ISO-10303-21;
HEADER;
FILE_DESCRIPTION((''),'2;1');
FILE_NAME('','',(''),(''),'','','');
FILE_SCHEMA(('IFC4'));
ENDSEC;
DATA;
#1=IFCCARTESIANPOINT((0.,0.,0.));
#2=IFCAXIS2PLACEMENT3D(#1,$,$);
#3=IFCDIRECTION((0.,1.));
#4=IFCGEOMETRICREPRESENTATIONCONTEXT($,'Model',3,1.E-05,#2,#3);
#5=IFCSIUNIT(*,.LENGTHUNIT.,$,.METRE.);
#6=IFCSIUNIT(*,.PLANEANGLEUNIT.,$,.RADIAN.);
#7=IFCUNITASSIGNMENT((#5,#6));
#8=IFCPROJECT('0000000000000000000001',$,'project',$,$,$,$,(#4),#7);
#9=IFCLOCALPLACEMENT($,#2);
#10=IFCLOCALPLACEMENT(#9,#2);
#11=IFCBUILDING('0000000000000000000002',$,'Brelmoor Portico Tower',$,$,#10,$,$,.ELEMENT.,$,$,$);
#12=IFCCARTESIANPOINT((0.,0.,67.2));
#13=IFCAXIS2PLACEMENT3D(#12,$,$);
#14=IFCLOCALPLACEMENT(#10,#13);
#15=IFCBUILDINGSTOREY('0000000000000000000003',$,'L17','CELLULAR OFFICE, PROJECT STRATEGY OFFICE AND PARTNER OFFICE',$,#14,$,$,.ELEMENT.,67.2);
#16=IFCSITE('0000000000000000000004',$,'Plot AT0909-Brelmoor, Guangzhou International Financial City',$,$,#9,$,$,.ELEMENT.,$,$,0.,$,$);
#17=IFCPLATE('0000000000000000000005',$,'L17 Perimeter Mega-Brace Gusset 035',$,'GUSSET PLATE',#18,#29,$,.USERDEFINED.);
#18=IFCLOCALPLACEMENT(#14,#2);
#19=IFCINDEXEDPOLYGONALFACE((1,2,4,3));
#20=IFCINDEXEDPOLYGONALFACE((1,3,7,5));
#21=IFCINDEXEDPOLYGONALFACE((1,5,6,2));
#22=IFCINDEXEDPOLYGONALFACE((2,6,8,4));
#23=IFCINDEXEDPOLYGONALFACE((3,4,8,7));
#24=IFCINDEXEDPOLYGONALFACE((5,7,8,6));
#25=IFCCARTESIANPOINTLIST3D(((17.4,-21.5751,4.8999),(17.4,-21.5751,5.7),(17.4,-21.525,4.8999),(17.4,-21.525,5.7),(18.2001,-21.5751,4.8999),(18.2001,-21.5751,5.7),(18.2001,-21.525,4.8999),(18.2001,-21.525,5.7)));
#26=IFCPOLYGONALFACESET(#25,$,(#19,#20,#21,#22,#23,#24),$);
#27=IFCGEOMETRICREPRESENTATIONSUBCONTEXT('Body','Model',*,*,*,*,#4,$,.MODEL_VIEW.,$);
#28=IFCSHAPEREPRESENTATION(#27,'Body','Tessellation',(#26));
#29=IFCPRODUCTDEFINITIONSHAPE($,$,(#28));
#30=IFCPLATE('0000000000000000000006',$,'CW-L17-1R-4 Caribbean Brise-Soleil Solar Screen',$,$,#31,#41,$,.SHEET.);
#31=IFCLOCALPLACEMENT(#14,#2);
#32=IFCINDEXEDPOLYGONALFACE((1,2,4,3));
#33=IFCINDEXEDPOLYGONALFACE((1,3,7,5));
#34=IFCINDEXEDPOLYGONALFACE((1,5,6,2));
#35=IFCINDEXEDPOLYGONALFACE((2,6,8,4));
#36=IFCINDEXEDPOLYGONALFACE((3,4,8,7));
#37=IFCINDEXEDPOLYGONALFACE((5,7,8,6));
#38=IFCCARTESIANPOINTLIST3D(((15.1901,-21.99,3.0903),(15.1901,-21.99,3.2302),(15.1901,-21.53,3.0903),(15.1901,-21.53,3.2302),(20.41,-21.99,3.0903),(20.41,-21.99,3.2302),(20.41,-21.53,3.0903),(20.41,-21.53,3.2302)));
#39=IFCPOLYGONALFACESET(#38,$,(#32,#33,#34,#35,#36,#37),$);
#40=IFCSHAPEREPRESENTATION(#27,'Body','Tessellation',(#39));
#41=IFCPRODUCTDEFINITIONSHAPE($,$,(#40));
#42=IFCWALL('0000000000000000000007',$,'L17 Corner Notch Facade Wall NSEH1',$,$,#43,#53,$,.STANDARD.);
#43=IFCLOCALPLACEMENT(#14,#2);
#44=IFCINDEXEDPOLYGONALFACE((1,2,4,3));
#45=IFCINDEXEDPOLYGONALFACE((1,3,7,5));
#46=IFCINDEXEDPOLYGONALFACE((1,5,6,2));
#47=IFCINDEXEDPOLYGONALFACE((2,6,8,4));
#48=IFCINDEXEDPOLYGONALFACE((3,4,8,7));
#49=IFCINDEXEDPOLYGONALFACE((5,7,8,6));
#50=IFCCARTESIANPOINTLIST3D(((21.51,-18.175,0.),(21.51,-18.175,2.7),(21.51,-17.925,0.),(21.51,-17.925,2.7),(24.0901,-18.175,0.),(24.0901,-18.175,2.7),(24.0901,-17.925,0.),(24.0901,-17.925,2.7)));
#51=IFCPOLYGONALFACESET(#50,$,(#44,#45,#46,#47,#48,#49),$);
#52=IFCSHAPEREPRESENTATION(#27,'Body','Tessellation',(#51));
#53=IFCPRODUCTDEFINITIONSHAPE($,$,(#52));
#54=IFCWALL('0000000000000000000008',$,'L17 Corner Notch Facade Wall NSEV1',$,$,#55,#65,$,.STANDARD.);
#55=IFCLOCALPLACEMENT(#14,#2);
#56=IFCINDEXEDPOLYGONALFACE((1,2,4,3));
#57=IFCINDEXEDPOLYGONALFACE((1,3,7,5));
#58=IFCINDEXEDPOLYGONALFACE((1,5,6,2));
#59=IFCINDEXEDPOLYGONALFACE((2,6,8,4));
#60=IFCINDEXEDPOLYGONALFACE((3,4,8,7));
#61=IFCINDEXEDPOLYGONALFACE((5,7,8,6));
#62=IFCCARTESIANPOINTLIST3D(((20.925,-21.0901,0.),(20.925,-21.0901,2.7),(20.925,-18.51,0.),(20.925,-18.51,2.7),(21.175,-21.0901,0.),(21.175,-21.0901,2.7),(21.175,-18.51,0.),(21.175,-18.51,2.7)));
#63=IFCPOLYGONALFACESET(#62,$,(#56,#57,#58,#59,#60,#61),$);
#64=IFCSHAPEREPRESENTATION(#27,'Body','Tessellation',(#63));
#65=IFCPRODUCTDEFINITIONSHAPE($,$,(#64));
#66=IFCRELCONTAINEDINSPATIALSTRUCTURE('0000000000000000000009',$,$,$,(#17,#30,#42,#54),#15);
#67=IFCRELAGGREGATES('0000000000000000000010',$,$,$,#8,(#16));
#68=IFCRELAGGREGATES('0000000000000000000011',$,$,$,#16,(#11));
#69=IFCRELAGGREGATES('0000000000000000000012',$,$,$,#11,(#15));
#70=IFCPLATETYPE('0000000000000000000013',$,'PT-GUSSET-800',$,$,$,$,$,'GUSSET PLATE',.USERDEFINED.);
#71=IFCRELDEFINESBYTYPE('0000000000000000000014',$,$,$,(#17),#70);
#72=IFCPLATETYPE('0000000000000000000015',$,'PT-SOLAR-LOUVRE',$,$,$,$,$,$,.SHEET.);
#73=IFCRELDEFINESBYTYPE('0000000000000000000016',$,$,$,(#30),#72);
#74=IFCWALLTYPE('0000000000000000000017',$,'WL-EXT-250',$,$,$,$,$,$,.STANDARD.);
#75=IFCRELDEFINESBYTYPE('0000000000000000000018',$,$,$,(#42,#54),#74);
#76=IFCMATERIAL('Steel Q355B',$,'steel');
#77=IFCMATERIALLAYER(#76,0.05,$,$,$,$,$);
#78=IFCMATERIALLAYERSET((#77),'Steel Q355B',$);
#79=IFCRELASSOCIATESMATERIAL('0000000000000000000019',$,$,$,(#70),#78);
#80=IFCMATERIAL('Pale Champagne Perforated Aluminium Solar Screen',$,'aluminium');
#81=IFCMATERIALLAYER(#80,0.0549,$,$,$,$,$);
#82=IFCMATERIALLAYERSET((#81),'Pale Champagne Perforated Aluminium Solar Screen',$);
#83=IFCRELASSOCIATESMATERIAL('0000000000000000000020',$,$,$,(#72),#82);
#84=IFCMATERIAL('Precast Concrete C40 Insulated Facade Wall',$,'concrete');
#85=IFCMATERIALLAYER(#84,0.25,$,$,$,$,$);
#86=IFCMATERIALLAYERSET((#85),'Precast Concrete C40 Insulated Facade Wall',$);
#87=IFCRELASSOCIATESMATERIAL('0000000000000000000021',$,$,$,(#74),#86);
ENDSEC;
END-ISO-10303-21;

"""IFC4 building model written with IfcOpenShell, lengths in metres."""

from ifc_helpers import new_model, si_unit, direction, frame, frame_2d, origin, origin_2d, place, context, subcontext, project, spatial, rectangle, extrude, material, layer, layer_set, type_object, element, save


model = new_model("IFC4")

# Units and contexts
model_context = context("Model", 3, precision=1e-05, world=origin(), true_north=direction((0.0, 1.0)))
body_context = subcontext(model_context, "Body", "Model", "MODEL_VIEW")
ifc_project = project(units=[si_unit("LENGTHUNIT", "METRE"), si_unit("PLANEANGLEUNIT", "RADIAN")], contexts=[model_context])

# Site, building, storey
site_placement = place(None, origin())
site = spatial("IfcSite", under=ifc_project, at=site_placement, Name="Plot AT0909-Brelmoor, Guangzhou International Financial City", CompositionType="ELEMENT", RefElevation=0.0)
building_placement = place(site_placement, origin())
building = spatial("IfcBuilding", under=site, at=building_placement, Name="Brelmoor Portico Tower", CompositionType="ELEMENT")
storey_placement = place(building_placement, frame((0.0, 0.0, 67.2)))
storey = spatial("IfcBuildingStorey", under=building, at=storey_placement, Name="L17", Description="CELLULAR OFFICE, PROJECT STRATEGY OFFICE AND PARTNER OFFICE", CompositionType="ELEMENT", Elevation=67.2)

# Shared definitions
ifc_material_1 = material(Name="Steel Q355B", Category="steel")

# Plates
ifc_layer_1 = layer(ifc_material_1, 0.05)
ifc_layer_set_1 = layer_set([ifc_layer_1], Name="Steel Q355B")
plate_type_1 = type_object("IfcPlateType", Name="PT-GUSSET-800", ElementType="GUSSET PLATE", PredefinedType="USERDEFINED", material=ifc_layer_set_1)
plate_1_placement = place(storey_placement, frame((17.8, -21.55, 4.8999), z_axis=(0.0, 0.0, 1.0), x_axis=(1.0, 0.0, 0.0)))
element("IfcPlate", 1, at=plate_1_placement, inside=storey, type_object=plate_type_1, Name="L17 Perimeter Mega-Brace Gusset 035", ObjectType="GUSSET PLATE", PredefinedType="USERDEFINED", context=body_context, shape_type="SweptSolid", body=[
    extrude(rectangle(XDim=0.8, YDim=0.05, at=origin_2d()), origin(), (0.0, 0.0, 1.0), 0.8),
])
ifc_material_2 = material(Name="Pale Champagne Perforated Aluminium Solar Screen", Category="aluminium")
ifc_layer_2 = layer(ifc_material_2, 0.0549)
ifc_layer_set_2 = layer_set([ifc_layer_2], Name="Pale Champagne Perforated Aluminium Solar Screen")
plate_type_2 = type_object("IfcPlateType", Name="PT-SOLAR-LOUVRE", PredefinedType="SHEET", material=ifc_layer_set_2)
plate_2_placement = place(storey_placement, frame((17.8, -21.76, 3.0903), z_axis=(0.0, 0.0, 1.0), x_axis=(1.0, 0.0, 0.0)))
element("IfcPlate", 2, at=plate_2_placement, inside=storey, type_object=plate_type_2, Name="CW-L17-1R-4 Caribbean Brise-Soleil Solar Screen", PredefinedType="SHEET", context=body_context, shape_type="SweptSolid", body=[
    extrude(rectangle(XDim=5.22, YDim=0.46, at=origin_2d()), origin(), (0.0, 0.0, 1.0), 0.1399),
])

# Walls
ifc_material_3 = material(Name="Precast Concrete C40 Insulated Facade Wall", Category="concrete")
ifc_layer_3 = layer(ifc_material_3, 0.25)
ifc_layer_set_3 = layer_set([ifc_layer_3], Name="Precast Concrete C40 Insulated Facade Wall")
wall_type = type_object("IfcWallType", Name="WL-EXT-250", PredefinedType="STANDARD", material=ifc_layer_set_3)
for number, where, z_axis, x_axis, name in (
    (3, (21.51, -18.05, 0.0), (0.0, 0.0, 1.0), (1.0, 0.0, 0.0), "L17 Corner Notch Facade Wall NSEH1"),
    (4, (21.05, -21.0901, 0.0), (0.0, 0.0, 1.0), (0.0, 1.0, 0.0), "L17 Corner Notch Facade Wall NSEV1"),
):
    element("IfcWall", number, at=place(storey_placement, frame(where, z_axis=z_axis, x_axis=x_axis)), inside=storey, type_object=wall_type, Name=name, PredefinedType="STANDARD", context=body_context, shape_type="SweptSolid", body=[
        extrude(rectangle(XDim=2.5801, YDim=0.25, at=frame_2d((1.29, 0.0))), origin(), (0.0, 0.0, 1.0), 2.7),
    ])

save(model, "model.ifc")
